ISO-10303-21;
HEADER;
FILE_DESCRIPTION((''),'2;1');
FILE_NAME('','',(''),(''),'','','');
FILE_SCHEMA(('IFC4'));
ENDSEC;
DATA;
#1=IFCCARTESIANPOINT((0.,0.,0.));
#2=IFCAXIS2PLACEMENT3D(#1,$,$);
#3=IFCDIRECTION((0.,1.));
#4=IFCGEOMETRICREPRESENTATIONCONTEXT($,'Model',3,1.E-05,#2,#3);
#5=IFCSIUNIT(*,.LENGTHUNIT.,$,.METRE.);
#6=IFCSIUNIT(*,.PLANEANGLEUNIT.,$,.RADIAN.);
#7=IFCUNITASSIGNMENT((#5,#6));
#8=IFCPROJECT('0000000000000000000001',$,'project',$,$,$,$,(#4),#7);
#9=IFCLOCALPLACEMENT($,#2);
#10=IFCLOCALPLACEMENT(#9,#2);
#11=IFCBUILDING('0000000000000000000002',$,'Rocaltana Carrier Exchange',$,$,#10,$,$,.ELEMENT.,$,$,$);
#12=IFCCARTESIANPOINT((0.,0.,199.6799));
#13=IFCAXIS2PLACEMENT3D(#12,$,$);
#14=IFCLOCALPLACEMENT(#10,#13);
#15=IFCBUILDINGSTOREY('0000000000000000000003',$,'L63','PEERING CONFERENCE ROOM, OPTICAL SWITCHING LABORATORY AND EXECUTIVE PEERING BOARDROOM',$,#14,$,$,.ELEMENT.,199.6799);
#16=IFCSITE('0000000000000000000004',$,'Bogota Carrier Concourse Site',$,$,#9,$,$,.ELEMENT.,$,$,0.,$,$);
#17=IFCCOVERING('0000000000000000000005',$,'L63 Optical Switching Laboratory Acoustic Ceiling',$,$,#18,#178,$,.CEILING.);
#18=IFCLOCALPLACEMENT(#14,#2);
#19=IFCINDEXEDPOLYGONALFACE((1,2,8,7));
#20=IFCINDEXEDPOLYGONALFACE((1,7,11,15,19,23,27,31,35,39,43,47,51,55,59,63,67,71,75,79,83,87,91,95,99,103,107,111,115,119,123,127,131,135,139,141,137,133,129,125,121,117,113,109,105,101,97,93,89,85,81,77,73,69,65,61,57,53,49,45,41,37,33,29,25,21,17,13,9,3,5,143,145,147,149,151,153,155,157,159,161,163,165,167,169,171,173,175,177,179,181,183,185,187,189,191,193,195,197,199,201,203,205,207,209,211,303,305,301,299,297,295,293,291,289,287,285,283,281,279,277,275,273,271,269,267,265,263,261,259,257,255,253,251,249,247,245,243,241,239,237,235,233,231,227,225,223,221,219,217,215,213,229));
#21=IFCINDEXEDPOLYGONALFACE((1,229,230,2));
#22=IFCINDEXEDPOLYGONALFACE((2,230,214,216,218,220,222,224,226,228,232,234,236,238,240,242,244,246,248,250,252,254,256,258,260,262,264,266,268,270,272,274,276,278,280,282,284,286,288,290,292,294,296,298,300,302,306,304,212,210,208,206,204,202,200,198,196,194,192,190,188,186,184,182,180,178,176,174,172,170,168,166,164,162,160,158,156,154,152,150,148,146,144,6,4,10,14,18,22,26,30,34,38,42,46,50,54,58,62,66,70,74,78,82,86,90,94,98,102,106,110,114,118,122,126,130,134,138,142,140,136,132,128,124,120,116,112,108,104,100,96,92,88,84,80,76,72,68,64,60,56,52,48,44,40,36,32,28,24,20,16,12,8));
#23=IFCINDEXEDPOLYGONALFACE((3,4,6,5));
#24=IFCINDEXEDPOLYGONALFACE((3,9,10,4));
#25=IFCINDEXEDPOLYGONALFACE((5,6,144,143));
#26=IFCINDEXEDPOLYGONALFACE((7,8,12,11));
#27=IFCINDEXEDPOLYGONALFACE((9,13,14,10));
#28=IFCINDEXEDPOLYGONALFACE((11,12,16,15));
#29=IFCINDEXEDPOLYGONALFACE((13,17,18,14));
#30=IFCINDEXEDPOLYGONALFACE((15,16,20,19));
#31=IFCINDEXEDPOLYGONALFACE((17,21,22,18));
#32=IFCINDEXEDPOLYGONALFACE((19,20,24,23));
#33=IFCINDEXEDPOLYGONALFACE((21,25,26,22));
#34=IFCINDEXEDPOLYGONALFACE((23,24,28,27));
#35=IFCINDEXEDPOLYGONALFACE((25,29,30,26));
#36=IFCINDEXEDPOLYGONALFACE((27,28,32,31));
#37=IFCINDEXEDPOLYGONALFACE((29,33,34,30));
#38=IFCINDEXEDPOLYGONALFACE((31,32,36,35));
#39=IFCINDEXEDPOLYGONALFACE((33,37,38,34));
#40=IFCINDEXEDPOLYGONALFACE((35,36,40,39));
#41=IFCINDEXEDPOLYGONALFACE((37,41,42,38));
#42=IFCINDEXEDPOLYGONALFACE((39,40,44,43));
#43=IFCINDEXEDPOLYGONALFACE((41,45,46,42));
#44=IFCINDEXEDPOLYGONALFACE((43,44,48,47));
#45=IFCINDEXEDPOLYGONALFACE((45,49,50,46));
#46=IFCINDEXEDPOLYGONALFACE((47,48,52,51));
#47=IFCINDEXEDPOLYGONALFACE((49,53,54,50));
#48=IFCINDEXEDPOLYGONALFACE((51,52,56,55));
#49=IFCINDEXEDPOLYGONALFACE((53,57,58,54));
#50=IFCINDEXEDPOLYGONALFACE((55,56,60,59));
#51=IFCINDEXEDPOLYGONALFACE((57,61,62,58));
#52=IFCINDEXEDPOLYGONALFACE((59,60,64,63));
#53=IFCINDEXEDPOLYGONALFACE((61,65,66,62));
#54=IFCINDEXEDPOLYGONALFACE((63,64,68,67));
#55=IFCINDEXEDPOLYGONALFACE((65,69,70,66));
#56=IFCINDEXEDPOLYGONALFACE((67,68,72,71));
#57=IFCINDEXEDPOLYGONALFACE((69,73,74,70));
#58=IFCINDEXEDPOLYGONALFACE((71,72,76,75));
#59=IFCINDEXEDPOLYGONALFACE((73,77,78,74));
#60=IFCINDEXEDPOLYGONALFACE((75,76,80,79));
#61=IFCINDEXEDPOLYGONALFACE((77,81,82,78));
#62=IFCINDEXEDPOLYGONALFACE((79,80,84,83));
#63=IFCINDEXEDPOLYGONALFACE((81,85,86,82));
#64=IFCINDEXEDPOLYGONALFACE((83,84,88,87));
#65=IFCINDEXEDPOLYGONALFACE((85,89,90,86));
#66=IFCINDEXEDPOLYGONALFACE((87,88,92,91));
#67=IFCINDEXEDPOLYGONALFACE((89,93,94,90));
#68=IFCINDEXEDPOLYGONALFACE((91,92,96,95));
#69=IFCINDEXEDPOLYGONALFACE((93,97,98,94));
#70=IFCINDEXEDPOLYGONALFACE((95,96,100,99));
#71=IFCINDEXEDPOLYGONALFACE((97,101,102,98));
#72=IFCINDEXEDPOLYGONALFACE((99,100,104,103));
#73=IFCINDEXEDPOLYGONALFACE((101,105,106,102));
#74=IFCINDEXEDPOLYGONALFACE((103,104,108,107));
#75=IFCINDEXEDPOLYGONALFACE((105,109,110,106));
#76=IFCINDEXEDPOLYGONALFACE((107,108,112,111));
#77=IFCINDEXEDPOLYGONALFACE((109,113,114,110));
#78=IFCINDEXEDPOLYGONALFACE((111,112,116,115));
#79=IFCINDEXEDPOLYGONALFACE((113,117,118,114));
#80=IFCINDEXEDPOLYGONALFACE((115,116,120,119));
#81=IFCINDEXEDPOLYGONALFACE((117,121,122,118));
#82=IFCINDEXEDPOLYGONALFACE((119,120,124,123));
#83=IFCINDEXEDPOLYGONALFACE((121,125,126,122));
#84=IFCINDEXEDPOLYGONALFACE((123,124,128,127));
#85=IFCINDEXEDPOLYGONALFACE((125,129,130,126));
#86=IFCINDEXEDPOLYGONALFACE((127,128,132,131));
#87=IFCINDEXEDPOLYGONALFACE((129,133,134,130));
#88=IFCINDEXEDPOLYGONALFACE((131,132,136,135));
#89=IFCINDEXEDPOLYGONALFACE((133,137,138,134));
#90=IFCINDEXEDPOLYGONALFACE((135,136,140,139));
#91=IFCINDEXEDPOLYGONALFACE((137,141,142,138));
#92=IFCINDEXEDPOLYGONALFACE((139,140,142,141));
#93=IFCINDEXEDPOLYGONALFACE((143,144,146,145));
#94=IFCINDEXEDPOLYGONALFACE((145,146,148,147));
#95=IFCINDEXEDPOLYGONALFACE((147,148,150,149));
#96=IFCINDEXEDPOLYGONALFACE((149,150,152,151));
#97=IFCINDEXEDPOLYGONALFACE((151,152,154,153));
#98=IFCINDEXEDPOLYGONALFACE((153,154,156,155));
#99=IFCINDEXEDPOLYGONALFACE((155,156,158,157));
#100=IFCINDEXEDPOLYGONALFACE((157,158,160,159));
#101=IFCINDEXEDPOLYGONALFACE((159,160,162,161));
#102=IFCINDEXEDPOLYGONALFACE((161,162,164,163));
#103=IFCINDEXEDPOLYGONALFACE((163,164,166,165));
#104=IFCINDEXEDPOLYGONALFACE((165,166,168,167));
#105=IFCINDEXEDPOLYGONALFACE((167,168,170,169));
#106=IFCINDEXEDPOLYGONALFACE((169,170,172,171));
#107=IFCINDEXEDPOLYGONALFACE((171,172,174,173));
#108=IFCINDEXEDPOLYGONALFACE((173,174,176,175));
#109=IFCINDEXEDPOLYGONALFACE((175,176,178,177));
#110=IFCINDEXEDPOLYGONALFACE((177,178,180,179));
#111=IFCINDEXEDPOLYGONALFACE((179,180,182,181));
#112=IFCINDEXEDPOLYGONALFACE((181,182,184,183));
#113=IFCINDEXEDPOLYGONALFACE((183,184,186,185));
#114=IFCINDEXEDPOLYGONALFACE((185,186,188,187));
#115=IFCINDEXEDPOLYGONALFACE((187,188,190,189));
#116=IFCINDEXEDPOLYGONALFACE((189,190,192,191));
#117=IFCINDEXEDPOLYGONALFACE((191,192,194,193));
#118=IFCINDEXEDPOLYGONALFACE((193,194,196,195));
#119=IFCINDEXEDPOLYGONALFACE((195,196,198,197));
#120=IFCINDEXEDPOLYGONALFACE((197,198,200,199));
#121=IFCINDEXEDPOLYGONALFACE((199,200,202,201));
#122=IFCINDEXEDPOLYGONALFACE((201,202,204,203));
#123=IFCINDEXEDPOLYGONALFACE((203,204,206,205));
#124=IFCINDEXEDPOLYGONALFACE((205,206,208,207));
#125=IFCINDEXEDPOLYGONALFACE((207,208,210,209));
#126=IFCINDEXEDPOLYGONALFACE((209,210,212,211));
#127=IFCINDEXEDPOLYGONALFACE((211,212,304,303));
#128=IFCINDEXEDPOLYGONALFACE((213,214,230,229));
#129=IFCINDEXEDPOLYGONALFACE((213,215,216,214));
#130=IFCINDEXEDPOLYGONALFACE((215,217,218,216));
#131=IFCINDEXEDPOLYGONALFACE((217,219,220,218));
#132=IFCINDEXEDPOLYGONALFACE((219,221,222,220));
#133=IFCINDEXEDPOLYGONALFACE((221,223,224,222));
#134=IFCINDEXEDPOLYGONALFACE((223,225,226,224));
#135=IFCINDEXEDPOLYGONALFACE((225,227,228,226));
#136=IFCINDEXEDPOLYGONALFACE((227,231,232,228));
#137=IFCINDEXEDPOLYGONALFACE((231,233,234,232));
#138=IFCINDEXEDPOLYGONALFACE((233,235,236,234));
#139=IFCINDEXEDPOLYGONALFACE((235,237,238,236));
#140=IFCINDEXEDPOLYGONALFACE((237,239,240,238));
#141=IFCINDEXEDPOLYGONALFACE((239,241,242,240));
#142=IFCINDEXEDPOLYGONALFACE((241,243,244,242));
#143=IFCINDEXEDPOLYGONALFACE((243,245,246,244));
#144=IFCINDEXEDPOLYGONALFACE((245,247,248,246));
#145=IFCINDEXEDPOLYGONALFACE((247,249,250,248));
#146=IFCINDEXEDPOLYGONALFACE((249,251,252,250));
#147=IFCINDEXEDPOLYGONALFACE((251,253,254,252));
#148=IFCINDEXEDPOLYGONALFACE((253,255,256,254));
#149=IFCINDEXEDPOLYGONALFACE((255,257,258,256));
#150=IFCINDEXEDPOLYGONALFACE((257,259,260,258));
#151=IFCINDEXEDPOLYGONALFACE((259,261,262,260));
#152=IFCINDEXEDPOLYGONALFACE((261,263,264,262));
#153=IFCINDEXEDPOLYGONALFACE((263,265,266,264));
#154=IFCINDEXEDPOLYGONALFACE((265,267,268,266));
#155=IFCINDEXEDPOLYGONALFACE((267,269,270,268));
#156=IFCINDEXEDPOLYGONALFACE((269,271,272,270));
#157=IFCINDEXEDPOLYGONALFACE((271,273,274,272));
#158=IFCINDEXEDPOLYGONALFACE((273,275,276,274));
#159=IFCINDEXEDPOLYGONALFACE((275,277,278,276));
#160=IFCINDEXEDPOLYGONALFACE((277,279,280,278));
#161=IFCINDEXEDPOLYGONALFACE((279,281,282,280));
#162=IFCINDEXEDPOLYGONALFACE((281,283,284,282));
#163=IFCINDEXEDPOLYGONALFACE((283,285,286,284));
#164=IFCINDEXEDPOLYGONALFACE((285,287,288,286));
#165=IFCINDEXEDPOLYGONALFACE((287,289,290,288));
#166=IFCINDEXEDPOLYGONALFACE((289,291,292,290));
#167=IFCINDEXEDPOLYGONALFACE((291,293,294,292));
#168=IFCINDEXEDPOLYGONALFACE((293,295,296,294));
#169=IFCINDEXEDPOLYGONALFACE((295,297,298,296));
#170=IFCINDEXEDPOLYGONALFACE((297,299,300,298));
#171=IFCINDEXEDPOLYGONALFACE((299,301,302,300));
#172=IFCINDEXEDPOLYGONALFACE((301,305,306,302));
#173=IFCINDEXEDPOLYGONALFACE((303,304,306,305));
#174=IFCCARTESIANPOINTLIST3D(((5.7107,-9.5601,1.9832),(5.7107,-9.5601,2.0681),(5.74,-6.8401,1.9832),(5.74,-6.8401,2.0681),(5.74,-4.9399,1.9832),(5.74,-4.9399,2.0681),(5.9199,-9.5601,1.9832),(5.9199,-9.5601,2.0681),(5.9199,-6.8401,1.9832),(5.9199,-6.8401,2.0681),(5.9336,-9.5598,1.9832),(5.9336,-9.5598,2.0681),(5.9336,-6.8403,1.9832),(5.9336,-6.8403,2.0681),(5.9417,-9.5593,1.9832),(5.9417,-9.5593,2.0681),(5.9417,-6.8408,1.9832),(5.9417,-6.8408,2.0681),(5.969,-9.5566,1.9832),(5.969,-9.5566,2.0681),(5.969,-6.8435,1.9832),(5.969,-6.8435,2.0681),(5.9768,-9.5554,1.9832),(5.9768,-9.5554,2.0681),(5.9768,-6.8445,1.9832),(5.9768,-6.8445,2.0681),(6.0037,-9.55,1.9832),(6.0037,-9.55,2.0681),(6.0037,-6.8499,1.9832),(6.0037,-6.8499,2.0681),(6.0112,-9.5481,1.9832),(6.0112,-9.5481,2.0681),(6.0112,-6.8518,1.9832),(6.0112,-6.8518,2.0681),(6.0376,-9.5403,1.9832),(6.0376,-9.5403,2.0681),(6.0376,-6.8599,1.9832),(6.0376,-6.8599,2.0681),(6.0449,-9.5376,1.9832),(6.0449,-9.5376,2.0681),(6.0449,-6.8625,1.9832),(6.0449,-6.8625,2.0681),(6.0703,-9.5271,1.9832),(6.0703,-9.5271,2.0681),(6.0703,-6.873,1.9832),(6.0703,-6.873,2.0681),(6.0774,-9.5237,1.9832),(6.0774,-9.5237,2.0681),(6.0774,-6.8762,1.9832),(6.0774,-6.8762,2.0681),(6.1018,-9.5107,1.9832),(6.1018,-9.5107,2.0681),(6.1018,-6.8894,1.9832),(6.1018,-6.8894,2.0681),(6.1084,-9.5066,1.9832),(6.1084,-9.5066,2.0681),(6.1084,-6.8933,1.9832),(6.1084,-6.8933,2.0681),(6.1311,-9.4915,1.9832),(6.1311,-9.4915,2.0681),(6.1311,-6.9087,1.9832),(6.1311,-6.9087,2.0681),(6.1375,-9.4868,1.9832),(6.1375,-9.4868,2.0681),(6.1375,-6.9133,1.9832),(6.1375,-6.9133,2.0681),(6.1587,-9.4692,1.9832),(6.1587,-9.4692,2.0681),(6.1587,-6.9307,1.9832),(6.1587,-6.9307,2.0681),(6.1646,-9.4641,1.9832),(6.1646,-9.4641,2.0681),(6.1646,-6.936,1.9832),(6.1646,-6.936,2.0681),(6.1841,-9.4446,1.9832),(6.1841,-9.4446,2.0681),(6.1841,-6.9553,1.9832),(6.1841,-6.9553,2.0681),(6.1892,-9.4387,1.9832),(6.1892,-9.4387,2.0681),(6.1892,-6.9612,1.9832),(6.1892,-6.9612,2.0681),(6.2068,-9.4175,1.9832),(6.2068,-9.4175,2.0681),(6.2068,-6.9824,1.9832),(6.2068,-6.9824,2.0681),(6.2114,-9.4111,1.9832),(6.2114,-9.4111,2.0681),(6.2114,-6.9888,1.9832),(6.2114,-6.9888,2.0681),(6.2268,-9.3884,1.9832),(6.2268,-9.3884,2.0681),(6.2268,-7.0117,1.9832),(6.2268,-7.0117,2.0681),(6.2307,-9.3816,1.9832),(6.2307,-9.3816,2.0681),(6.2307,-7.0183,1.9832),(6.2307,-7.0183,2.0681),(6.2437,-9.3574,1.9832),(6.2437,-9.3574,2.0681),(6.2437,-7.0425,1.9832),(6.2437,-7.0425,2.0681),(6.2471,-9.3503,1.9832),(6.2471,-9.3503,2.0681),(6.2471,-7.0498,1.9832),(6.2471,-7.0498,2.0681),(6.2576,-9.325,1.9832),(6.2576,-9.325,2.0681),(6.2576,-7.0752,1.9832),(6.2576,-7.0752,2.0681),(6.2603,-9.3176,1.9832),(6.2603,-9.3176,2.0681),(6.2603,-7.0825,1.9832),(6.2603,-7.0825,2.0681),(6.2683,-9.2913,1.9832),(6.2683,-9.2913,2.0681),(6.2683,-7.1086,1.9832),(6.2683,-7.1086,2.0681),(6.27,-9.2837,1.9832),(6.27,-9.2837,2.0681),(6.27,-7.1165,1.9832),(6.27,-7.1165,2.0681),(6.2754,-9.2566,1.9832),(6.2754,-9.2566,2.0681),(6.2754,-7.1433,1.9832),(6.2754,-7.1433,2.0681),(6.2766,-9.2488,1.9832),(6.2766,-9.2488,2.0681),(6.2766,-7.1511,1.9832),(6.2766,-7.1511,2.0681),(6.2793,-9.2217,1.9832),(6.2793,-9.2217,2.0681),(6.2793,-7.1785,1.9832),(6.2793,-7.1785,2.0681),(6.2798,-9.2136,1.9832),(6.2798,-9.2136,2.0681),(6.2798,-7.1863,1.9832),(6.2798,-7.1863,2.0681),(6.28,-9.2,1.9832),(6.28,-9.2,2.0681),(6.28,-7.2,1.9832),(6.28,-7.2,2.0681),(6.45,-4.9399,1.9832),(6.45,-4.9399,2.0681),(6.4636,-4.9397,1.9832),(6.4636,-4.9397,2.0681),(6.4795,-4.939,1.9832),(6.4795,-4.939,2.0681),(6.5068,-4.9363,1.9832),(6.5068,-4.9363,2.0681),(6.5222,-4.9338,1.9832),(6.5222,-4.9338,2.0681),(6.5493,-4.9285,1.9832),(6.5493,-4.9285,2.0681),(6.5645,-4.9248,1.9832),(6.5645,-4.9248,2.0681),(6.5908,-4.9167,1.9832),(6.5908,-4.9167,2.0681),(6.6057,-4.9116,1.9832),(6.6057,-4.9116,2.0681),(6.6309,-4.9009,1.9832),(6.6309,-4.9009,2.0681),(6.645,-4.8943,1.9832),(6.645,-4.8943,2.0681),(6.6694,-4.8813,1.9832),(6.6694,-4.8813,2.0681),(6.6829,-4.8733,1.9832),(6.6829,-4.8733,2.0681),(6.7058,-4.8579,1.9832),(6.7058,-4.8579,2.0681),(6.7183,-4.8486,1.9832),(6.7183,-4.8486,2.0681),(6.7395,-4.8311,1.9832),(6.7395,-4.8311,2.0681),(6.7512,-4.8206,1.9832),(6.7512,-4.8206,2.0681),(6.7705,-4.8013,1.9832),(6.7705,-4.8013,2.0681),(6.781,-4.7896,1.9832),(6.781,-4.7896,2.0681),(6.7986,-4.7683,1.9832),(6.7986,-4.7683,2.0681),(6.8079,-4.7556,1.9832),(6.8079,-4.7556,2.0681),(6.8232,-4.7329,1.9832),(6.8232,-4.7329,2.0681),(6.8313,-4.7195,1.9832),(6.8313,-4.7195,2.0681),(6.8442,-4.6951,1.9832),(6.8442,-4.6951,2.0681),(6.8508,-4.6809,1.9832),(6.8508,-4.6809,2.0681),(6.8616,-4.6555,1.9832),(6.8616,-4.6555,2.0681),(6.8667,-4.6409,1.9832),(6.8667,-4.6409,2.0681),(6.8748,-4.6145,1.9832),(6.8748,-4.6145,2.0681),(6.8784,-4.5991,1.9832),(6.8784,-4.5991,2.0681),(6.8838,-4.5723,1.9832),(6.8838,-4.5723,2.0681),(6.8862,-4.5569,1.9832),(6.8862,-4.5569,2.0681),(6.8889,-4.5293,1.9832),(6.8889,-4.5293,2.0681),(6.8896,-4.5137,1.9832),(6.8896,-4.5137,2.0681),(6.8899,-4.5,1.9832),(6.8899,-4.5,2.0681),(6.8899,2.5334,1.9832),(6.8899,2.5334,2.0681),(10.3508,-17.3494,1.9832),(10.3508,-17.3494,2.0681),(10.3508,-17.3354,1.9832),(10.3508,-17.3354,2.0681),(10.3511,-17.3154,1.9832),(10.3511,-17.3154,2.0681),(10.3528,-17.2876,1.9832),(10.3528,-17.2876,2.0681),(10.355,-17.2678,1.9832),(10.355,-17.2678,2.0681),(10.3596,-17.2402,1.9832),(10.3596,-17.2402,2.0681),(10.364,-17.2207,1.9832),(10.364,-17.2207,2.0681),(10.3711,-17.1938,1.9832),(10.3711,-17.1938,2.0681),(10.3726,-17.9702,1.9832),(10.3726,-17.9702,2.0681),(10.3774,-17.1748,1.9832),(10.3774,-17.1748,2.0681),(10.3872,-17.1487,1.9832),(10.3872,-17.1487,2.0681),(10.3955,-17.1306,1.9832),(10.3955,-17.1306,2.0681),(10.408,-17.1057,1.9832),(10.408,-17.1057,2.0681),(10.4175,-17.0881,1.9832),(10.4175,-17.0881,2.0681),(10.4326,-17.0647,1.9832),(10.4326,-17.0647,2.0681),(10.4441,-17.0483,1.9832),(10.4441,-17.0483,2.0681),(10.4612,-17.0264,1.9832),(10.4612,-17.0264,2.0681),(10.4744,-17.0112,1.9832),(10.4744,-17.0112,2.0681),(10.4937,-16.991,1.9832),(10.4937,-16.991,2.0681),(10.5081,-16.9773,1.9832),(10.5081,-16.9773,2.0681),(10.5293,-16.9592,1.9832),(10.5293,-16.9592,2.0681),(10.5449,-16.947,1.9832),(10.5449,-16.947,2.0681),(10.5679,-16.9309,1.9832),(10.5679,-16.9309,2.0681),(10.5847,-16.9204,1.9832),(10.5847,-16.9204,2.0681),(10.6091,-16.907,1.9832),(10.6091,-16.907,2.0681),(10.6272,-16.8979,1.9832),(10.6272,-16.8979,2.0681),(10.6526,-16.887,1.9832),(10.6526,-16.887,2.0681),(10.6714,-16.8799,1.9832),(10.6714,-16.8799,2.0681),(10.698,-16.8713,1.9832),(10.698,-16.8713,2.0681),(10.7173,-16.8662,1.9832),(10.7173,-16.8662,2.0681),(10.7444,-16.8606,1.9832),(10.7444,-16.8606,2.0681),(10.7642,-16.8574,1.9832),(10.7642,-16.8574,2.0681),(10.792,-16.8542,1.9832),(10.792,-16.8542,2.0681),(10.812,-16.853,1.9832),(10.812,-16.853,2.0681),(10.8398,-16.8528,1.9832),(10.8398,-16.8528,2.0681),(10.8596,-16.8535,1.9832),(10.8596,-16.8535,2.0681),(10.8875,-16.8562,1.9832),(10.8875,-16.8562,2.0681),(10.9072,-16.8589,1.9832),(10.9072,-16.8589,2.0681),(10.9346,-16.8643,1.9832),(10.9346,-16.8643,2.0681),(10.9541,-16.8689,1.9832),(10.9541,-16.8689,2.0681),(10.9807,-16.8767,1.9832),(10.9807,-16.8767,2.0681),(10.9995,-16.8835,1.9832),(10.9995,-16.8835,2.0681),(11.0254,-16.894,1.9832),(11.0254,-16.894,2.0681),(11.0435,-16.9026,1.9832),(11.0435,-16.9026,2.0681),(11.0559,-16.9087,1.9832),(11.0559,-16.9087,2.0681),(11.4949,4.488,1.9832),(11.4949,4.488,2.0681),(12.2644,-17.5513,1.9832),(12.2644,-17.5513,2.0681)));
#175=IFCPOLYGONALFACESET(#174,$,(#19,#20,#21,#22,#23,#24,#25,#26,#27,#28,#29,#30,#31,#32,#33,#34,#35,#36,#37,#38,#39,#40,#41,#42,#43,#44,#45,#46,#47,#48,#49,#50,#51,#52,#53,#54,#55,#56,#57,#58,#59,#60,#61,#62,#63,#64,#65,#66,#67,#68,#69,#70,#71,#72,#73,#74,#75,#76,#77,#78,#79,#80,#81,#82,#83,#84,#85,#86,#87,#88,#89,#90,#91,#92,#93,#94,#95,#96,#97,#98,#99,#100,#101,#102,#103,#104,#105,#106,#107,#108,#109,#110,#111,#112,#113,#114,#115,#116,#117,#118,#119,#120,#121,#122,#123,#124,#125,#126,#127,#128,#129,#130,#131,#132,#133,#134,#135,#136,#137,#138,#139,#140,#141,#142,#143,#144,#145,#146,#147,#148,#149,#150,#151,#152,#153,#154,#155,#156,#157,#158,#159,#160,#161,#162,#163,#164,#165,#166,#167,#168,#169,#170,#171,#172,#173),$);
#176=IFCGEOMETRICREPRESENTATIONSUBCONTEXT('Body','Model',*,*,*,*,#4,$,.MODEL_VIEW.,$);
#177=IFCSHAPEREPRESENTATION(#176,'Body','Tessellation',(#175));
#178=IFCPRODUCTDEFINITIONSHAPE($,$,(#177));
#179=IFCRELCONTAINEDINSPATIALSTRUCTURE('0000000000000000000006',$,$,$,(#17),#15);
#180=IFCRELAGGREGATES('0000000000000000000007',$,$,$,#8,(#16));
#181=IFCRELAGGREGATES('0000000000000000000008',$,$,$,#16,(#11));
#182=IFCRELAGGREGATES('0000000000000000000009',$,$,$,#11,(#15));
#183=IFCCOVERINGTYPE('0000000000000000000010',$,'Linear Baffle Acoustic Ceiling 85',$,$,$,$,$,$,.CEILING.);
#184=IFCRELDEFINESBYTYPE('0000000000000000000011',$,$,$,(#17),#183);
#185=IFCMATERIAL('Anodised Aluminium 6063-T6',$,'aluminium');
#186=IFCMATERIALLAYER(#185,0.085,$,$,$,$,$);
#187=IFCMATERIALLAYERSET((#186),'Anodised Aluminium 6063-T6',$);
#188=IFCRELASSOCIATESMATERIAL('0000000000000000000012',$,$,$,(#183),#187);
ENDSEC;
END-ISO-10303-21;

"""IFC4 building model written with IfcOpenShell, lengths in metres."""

from ifc_helpers import new_model, si_unit, direction, frame, origin, place, context, subcontext, project, spatial, polyline, outline, extrude, material, layer, layer_set, type_object, element, save


model = new_model("IFC4")

# Units and contexts
model_context = context("Model", 3, precision=1e-05, world=origin(), true_north=direction((0.0, 1.0)))
body_context = subcontext(model_context, "Body", "Model", "MODEL_VIEW")
ifc_project = project(units=[si_unit("LENGTHUNIT", "METRE"), si_unit("PLANEANGLEUNIT", "RADIAN")], contexts=[model_context])

# Site, building, storey
site_placement = place(None, origin())
site = spatial("IfcSite", under=ifc_project, at=site_placement, Name="Bogota Carrier Concourse Site", CompositionType="ELEMENT", RefElevation=0.0)
building_placement = place(site_placement, origin())
building = spatial("IfcBuilding", under=site, at=building_placement, Name="Rocaltana Carrier Exchange", CompositionType="ELEMENT")
storey_placement = place(building_placement, frame((0.0, 0.0, 199.6799)))
storey = spatial("IfcBuildingStorey", under=building, at=storey_placement, Name="L63", Description="PEERING CONFERENCE ROOM, OPTICAL SWITCHING LABORATORY AND EXECUTIVE PEERING BOARDROOM", CompositionType="ELEMENT", Elevation=199.6799)

# Covering
ifc_material_1 = material(Name="Anodised Aluminium 6063-T6", Category="aluminium")
ifc_layer_1 = layer(ifc_material_1, 0.085)
ifc_layer_set_1 = layer_set([ifc_layer_1], Name="Anodised Aluminium 6063-T6")
covering_type_1 = type_object("IfcCoveringType", Name="Linear Baffle Acoustic Ceiling 85", PredefinedType="CEILING", material=ifc_layer_set_1)
covering_1_placement = place(storey_placement, frame((0.0, 0.0, 1.9832)))
element("IfcCovering", 1, at=covering_1_placement, inside=storey, type_object=covering_type_1, Name="L63 Optical Switching Laboratory Acoustic Ceiling", PredefinedType="CEILING", context=body_context, shape_type="SweptSolid", body=[
    extrude(outline(polyline([(5.74, -6.8401), (5.74, -4.9399), (6.45, -4.9399), (6.4636, -4.9397), (6.4795, -4.939), (6.5068, -4.9363), (6.5222, -4.9338), (6.5493, -4.9285), (6.5645, -4.9248), (6.5908, -4.9167), (6.6057, -4.9116), (6.6309, -4.9009), (6.645, -4.8943), (6.6694, -4.8813), (6.6829, -4.8733), (6.7058, -4.8579), (6.7183, -4.8486), (6.7395, -4.8311), (6.7512, -4.8206), (6.7705, -4.8013), (6.781, -4.7896), (6.7986, -4.7683), (6.8079, -4.7556), (6.8232, -4.7329), (6.8313, -4.7195), (6.8442, -4.6951), (6.8508, -4.6809), (6.8616, -4.6555), (6.8667, -4.6409), (6.8748, -4.6145), (6.8784, -4.5991), (6.8838, -4.5723), (6.8862, -4.5569), (6.8889, -4.5293), (6.8896, -4.5137), (6.8899, -4.5), (6.8899, 2.5334), (11.4949, 4.488), (12.2644, -17.5513), (11.0559, -16.9087), (11.0435, -16.9026), (11.0254, -16.894), (10.9995, -16.8835), (10.9807, -16.8767), (10.9541, -16.8689), (10.9346, -16.8643), (10.9072, -16.8589), (10.8875, -16.8562), (10.8596, -16.8535), (10.8398, -16.8528), (10.812, -16.853), (10.792, -16.8542), (10.7642, -16.8574), (10.7444, -16.8606), (10.7173, -16.8662), (10.698, -16.8713), (10.6714, -16.8799), (10.6526, -16.887), (10.6272, -16.8979), (10.6091, -16.907), (10.5847, -16.9204), (10.5679, -16.9309), (10.5449, -16.947), (10.5293, -16.9592), (10.5081, -16.9773), (10.4937, -16.991), (10.4744, -17.0112), (10.4612, -17.0264), (10.4441, -17.0483), (10.4326, -17.0647), (10.4175, -17.0881), (10.408, -17.1057), (10.3955, -17.1306), (10.3872, -17.1487), (10.3774, -17.1748), (10.3711, -17.1938), (10.364, -17.2207), (10.3596, -17.2402), (10.355, -17.2678), (10.3528, -17.2876), (10.3511, -17.3154), (10.3508, -17.3354), (10.3508, -17.3494), (10.3726, -17.9702), (5.7107, -9.5601), (5.9199, -9.5601), (5.9336, -9.5598), (5.9417, -9.5593), (5.969, -9.5566), (5.9768, -9.5554), (6.0037, -9.55), (6.0112, -9.5481), (6.0376, -9.5403), (6.0449, -9.5376), (6.0703, -9.5271), (6.0774, -9.5237), (6.1018, -9.5107), (6.1084, -9.5066), (6.1311, -9.4915), (6.1375, -9.4868), (6.1587, -9.4692), (6.1646, -9.4641), (6.1841, -9.4446), (6.1892, -9.4387), (6.2068, -9.4175), (6.2114, -9.4111), (6.2268, -9.3884), (6.2307, -9.3816), (6.2437, -9.3574), (6.2471, -9.3503), (6.2576, -9.325), (6.2603, -9.3176), (6.2683, -9.2913), (6.27, -9.2837), (6.2754, -9.2566), (6.2766, -9.2488), (6.2793, -9.2217), (6.2798, -9.2136), (6.28, -9.2), (6.28, -7.2), (6.2798, -7.1863), (6.2793, -7.1785), (6.2766, -7.1511), (6.2754, -7.1433), (6.27, -7.1165), (6.2683, -7.1086), (6.2603, -7.0825), (6.2576, -7.0752), (6.2471, -7.0498), (6.2437, -7.0425), (6.2307, -7.0183), (6.2268, -7.0117), (6.2114, -6.9888), (6.2068, -6.9824), (6.1892, -6.9612), (6.1841, -6.9553), (6.1646, -6.936), (6.1587, -6.9307), (6.1375, -6.9133), (6.1311, -6.9087), (6.1084, -6.8933), (6.1018, -6.8894), (6.0774, -6.8762), (6.0703, -6.873), (6.0449, -6.8625), (6.0376, -6.8599), (6.0112, -6.8518), (6.0037, -6.8499), (5.9768, -6.8445), (5.969, -6.8435), (5.9417, -6.8408), (5.9336, -6.8403), (5.9199, -6.8401), (5.74, -6.8401)])), origin(), (0.0, 0.0, 1.0), 0.085),
])

save(model, "model.ifc")
